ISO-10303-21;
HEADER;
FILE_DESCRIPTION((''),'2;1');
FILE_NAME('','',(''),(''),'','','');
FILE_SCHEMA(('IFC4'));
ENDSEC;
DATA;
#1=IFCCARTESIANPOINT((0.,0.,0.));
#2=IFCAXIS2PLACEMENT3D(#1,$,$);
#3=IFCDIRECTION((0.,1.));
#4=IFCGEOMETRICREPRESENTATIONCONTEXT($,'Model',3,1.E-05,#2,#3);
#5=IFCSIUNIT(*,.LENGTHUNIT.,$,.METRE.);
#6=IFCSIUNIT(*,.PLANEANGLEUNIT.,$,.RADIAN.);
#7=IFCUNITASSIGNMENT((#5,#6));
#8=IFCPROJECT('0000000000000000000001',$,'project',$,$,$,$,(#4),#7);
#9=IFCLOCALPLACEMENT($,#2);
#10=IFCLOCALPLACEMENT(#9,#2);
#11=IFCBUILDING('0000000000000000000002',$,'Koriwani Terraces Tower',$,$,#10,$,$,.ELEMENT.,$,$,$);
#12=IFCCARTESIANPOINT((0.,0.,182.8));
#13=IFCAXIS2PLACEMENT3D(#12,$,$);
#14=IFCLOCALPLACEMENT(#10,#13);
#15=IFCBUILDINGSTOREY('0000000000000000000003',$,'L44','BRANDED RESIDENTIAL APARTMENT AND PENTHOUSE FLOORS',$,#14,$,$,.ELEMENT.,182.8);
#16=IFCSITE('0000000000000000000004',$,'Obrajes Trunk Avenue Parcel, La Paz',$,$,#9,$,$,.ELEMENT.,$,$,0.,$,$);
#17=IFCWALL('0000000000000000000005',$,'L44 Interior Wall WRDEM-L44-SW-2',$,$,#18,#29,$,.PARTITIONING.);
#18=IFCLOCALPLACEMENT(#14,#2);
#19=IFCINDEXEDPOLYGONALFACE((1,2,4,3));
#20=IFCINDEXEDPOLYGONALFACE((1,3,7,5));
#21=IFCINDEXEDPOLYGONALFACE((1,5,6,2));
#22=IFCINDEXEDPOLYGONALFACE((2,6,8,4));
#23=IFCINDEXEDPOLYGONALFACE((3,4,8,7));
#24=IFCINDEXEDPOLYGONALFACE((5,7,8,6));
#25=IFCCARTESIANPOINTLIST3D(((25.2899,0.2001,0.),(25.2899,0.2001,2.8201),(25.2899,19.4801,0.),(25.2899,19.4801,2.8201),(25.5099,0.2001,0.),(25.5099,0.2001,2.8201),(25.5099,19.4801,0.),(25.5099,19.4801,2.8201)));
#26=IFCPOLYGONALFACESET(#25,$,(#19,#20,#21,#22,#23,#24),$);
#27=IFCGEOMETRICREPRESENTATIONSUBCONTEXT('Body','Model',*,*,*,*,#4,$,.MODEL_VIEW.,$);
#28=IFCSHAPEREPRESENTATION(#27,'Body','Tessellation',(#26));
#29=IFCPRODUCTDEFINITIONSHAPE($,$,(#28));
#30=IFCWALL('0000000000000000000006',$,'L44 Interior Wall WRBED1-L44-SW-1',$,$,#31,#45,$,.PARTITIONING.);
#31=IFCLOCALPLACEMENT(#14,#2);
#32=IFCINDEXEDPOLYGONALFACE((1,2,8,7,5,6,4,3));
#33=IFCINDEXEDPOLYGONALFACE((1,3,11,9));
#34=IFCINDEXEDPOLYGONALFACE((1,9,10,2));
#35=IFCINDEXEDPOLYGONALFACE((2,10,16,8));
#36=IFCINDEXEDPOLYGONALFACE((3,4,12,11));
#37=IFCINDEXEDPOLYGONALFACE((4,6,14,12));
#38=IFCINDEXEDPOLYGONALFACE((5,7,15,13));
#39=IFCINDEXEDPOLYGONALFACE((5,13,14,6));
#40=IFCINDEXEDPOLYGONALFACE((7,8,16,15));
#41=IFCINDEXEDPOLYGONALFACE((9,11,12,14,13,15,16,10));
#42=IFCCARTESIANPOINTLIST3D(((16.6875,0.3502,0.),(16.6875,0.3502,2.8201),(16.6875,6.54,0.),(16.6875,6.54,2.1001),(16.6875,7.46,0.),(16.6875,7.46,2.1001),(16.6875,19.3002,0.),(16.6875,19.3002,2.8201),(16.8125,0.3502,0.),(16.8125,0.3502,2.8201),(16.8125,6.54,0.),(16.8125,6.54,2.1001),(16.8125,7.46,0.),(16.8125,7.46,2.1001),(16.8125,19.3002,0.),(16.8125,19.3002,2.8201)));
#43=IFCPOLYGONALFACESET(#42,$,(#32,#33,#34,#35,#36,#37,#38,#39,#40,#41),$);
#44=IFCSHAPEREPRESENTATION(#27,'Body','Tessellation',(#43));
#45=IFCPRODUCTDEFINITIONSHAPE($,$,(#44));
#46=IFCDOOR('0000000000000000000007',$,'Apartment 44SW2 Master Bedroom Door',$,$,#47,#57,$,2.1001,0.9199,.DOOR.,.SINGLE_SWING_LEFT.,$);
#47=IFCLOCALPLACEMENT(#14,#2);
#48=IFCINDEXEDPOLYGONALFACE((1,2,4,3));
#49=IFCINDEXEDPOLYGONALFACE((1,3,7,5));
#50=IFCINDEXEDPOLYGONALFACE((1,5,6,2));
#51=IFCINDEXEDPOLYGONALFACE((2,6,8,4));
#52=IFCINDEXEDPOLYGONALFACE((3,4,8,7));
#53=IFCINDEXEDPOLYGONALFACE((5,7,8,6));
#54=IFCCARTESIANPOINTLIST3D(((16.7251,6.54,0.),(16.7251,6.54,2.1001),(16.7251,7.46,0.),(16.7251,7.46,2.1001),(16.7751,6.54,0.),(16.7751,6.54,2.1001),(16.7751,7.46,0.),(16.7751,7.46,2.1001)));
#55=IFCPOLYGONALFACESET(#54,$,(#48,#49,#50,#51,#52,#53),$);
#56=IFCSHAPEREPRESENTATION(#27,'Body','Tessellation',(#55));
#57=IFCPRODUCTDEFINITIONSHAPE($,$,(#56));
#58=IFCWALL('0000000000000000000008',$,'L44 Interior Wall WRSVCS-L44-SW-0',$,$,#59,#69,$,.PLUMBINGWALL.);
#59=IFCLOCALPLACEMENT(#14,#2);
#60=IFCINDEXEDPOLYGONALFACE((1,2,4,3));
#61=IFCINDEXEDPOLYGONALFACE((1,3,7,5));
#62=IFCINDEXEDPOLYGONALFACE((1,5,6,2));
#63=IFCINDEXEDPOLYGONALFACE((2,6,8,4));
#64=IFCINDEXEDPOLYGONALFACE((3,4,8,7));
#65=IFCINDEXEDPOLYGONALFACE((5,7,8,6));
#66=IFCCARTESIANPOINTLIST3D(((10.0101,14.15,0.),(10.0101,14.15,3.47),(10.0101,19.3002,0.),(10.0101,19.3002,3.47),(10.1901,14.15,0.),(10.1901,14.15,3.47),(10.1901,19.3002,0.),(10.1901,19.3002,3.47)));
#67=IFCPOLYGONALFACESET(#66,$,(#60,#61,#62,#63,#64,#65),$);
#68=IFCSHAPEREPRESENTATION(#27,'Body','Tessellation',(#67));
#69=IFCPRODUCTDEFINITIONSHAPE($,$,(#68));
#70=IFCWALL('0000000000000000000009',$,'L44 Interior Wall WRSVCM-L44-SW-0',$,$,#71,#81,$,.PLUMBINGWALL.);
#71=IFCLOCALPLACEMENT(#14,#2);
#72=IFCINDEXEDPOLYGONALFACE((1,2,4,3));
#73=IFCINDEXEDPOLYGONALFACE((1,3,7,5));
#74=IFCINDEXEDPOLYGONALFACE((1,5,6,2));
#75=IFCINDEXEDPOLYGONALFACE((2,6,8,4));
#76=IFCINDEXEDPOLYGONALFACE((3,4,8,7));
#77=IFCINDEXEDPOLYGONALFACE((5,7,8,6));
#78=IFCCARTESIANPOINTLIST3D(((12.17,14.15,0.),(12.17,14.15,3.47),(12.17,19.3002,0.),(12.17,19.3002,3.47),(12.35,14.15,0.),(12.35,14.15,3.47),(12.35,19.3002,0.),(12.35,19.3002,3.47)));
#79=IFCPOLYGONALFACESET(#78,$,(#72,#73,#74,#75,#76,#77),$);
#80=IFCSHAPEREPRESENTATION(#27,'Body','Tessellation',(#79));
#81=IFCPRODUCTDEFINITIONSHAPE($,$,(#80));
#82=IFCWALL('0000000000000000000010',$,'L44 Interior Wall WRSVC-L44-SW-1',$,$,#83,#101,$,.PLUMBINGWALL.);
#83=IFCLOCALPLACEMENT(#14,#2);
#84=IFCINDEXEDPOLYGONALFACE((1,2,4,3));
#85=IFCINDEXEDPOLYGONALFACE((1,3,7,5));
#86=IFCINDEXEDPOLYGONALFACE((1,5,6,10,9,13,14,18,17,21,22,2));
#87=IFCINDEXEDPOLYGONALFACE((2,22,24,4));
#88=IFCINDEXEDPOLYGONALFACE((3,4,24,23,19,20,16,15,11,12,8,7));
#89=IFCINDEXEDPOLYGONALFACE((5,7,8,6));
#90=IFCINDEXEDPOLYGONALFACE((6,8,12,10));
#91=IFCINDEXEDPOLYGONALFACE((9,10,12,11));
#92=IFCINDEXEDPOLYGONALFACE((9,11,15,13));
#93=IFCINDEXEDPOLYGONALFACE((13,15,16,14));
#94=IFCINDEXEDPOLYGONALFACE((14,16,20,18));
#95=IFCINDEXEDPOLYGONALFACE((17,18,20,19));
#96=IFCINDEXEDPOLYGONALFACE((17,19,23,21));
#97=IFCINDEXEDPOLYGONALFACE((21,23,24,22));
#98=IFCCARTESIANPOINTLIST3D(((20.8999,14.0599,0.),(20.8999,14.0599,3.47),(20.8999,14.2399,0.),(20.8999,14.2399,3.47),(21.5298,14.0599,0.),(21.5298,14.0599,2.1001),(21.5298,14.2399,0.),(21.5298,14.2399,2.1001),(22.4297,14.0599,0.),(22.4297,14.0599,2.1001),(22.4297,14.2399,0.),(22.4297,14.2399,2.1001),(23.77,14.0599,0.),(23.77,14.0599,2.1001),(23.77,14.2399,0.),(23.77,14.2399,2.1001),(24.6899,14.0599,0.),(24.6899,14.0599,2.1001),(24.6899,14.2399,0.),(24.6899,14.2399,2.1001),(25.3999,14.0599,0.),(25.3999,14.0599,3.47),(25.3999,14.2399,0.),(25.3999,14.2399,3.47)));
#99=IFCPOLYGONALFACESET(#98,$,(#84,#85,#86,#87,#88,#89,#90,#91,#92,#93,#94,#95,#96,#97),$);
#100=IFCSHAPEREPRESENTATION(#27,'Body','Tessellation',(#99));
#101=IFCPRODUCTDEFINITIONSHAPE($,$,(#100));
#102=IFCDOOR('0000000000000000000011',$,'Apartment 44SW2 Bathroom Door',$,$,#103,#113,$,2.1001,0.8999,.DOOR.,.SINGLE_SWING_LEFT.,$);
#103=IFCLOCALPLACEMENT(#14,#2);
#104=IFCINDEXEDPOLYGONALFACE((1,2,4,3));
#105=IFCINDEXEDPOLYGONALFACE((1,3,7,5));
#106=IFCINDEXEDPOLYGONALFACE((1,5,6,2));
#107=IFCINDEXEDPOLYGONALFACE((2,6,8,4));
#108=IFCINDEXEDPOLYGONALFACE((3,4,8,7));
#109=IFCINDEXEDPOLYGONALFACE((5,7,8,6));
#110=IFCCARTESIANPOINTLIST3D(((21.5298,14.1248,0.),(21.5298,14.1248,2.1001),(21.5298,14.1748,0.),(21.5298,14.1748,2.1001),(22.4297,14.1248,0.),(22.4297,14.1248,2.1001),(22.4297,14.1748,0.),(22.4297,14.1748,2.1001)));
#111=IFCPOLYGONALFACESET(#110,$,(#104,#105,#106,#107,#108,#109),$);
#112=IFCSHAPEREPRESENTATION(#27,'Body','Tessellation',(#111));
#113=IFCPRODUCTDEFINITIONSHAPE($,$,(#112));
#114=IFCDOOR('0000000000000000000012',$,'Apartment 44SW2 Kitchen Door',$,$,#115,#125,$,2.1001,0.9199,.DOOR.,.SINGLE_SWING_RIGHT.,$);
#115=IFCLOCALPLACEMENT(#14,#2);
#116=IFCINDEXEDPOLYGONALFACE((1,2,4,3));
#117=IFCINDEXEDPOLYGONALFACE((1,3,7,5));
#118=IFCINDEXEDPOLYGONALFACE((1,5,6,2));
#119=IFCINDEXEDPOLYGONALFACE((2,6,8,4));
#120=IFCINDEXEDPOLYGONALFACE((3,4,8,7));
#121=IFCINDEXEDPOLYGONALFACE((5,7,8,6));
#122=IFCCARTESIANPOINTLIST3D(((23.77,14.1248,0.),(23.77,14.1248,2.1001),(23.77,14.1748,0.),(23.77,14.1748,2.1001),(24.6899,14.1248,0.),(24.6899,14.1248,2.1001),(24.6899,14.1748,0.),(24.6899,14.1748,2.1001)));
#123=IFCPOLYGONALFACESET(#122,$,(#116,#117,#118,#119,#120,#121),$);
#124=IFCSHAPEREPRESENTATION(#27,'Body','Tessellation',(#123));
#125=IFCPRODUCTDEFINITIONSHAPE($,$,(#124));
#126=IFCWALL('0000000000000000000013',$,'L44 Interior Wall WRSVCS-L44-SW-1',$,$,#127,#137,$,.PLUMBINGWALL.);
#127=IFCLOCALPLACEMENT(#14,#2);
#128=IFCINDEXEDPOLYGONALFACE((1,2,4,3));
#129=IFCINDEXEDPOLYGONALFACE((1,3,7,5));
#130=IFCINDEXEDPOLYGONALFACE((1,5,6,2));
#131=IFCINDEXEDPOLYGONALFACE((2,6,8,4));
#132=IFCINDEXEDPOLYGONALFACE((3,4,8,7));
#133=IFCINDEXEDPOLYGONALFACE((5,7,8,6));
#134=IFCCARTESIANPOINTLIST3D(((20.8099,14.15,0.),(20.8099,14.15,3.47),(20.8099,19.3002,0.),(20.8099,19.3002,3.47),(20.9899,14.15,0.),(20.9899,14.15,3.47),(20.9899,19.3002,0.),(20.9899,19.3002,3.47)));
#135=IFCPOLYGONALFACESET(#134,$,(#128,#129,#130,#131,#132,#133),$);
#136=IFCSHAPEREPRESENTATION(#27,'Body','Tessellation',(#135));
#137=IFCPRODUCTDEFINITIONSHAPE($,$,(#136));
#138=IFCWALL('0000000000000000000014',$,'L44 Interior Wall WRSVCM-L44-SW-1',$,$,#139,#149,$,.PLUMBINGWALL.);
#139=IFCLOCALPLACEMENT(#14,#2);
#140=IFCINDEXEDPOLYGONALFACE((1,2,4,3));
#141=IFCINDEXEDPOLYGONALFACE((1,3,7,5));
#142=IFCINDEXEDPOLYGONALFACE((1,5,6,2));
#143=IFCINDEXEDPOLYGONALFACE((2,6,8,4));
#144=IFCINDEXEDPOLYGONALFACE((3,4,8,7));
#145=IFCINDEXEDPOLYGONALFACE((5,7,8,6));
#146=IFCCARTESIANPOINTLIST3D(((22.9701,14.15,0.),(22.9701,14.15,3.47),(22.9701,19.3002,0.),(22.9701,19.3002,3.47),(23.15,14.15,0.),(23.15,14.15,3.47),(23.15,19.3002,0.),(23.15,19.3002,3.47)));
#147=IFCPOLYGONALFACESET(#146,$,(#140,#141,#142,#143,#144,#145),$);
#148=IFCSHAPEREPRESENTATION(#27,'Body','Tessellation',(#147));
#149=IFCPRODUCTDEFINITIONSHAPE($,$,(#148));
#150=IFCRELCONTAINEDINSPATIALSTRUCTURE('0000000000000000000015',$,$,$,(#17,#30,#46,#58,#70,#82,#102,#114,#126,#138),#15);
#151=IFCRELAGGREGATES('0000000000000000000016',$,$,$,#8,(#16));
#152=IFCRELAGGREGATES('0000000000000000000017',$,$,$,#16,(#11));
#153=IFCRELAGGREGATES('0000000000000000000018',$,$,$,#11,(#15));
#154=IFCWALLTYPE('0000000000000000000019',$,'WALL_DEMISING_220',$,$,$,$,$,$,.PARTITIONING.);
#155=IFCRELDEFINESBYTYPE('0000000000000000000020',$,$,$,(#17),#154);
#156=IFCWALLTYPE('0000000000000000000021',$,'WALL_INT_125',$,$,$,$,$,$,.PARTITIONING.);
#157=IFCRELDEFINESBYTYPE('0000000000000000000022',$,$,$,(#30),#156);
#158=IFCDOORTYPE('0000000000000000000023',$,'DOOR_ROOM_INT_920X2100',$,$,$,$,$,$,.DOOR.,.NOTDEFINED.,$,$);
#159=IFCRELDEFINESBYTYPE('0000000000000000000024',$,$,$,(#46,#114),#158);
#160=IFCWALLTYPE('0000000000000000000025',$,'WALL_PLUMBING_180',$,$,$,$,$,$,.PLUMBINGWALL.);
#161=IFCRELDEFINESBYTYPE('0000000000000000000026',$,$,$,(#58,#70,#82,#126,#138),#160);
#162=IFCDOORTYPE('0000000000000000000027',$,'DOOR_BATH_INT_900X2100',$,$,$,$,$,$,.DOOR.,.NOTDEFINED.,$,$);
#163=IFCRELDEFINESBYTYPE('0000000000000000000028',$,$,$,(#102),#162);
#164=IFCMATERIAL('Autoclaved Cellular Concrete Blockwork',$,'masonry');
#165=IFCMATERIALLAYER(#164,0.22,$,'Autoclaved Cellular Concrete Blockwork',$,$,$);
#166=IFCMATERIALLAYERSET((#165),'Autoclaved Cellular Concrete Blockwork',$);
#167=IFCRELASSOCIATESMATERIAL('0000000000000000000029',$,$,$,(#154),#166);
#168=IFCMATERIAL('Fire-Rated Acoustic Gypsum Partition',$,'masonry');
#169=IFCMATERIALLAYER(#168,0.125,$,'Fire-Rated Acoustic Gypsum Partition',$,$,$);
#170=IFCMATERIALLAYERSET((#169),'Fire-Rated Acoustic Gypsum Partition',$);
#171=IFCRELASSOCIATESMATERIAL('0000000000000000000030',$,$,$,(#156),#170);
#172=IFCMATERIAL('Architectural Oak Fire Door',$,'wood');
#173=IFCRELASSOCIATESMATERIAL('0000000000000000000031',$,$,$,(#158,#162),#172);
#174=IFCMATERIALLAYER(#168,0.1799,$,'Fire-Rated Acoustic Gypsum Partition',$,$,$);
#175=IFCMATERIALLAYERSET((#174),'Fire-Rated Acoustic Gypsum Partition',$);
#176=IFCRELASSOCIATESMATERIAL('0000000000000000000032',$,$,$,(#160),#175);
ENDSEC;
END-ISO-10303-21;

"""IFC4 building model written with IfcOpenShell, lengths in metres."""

from ifc_helpers import new_model, si_unit, direction, frame, frame_2d, origin, place, context, subcontext, project, spatial, rectangle, extrude, material, layer, layer_set, type_object, element, fill, save


model = new_model("IFC4")

# Units and contexts
model_context = context("Model", 3, precision=1e-05, world=origin(), true_north=direction((0.0, 1.0)))
body_context = subcontext(model_context, "Body", "Model", "MODEL_VIEW")
ifc_project = project(units=[si_unit("LENGTHUNIT", "METRE"), si_unit("PLANEANGLEUNIT", "RADIAN")], contexts=[model_context])

# Site, building, storey
site_placement = place(None, origin())
site = spatial("IfcSite", under=ifc_project, at=site_placement, Name="Obrajes Trunk Avenue Parcel, La Paz", CompositionType="ELEMENT", RefElevation=0.0)
building_placement = place(site_placement, origin())
building = spatial("IfcBuilding", under=site, at=building_placement, Name="Koriwani Terraces Tower", CompositionType="ELEMENT")
storey_placement = place(building_placement, frame((0.0, 0.0, 182.8)))
storey = spatial("IfcBuildingStorey", under=building, at=storey_placement, Name="L44", Description="BRANDED RESIDENTIAL APARTMENT AND PENTHOUSE FLOORS", CompositionType="ELEMENT", Elevation=182.8)

# Wall
ifc_material_1 = material(Name="Autoclaved Cellular Concrete Blockwork", Category="masonry")
ifc_layer_1 = layer(ifc_material_1, 0.22, Name="Autoclaved Cellular Concrete Blockwork")
ifc_layer_set_1 = layer_set([ifc_layer_1], Name="Autoclaved Cellular Concrete Blockwork")
wall_type_1 = type_object("IfcWallType", Name="WALL_DEMISING_220", PredefinedType="PARTITIONING", material=ifc_layer_set_1)
wall_1_placement = place(storey_placement, frame((25.3999, 0.2, 0.0), z_axis=(0.0, 0.0, 1.0), x_axis=(0.0, 1.0, 0.0)))
element("IfcWall", 1, at=wall_1_placement, inside=storey, type_object=wall_type_1, Name="L44 Interior Wall WRDEM-L44-SW-2", PredefinedType="PARTITIONING", context=body_context, shape_type="SweptSolid", body=[
    extrude(rectangle(XDim=19.28, YDim=0.22, at=frame_2d((9.6401, 0.0))), origin(), (0.0, 0.0, 1.0), 2.8201),
])

# Wall, opening, door
ifc_material_2 = material(Name="Fire-Rated Acoustic Gypsum Partition", Category="masonry")
ifc_layer_2 = layer(ifc_material_2, 0.125, Name="Fire-Rated Acoustic Gypsum Partition")
ifc_layer_set_2 = layer_set([ifc_layer_2], Name="Fire-Rated Acoustic Gypsum Partition")
wall_type_2 = type_object("IfcWallType", Name="WALL_INT_125", PredefinedType="PARTITIONING", material=ifc_layer_set_2)
wall_2_placement = place(storey_placement, frame((16.75, 0.3501, 0.0), z_axis=(0.0, 0.0, 1.0), x_axis=(0.0, 1.0, 0.0)))
wall_2 = element("IfcWall", 2, at=wall_2_placement, inside=storey, type_object=wall_type_2, Name="L44 Interior Wall WRBED1-L44-SW-1", PredefinedType="PARTITIONING", context=body_context, shape_type="SweptSolid", body=[
    extrude(rectangle(XDim=18.95, YDim=0.125, at=frame_2d((9.4751, 0.0))), origin(), (0.0, 0.0, 1.0), 2.8201),
])
opening_1_placement = place(wall_2_placement, frame((6.1899, 0.0, 0.0)))
opening_1 = element("IfcOpeningElement", 3, at=opening_1_placement, cuts=wall_2, PredefinedType="OPENING", context=body_context, shape_type="SweptSolid", body=[
    extrude(rectangle(XDim=0.9199, YDim=2.1001, at=frame_2d((0.46, 1.05))), frame((0.0, 0.0725, 0.0), z_axis=(0.0, -1.0, 0.0), x_axis=(1.0, 0.0, 0.0)), (0.0, 0.0, 1.0), 0.145),
])
ifc_material_3 = material(Name="Architectural Oak Fire Door", Category="wood")
door_type_1 = type_object("IfcDoorType", Name="DOOR_ROOM_INT_920X2100", OperationType="NOTDEFINED", PredefinedType="DOOR", material=ifc_material_3)
door_1_placement = place(opening_1_placement, origin())
door_1 = element("IfcDoor", 4, at=door_1_placement, inside=storey, type_object=door_type_1, Name="Apartment 44SW2 Master Bedroom Door", OperationType="SINGLE_SWING_LEFT", OverallHeight=2.1001, OverallWidth=0.9199, PredefinedType="DOOR", context=body_context, shape_type="SweptSolid", body=[
    extrude(rectangle(XDim=0.9199, YDim=2.1001, at=frame_2d((0.46, 1.05))), frame((0.0, 0.0249, 0.0), z_axis=(0.0, -1.0, 0.0), x_axis=(1.0, 0.0, 0.0)), (0.0, 0.0, 1.0), 0.05),
])
fill(opening_1, door_1)

# Walls
ifc_layer_3 = layer(ifc_material_2, 0.1799, Name="Fire-Rated Acoustic Gypsum Partition")
ifc_layer_set_3 = layer_set([ifc_layer_3], Name="Fire-Rated Acoustic Gypsum Partition")
wall_type_3 = type_object("IfcWallType", Name="WALL_PLUMBING_180", PredefinedType="PLUMBINGWALL", material=ifc_layer_set_3)
for number, where, z_axis, x_axis, name in (
    (5, (10.1001, 14.1499, 0.0), (0.0, 0.0, 1.0), (0.0, 1.0, 0.0), "L44 Interior Wall WRSVCS-L44-SW-0"),
    (6, (12.26, 14.1499, 0.0), (0.0, 0.0, 1.0), (0.0, 1.0, 0.0), "L44 Interior Wall WRSVCM-L44-SW-0"),
):
    element("IfcWall", number, at=place(storey_placement, frame(where, z_axis=z_axis, x_axis=x_axis)), inside=storey, type_object=wall_type_3, Name=name, PredefinedType="PLUMBINGWALL", context=body_context, shape_type="SweptSolid", body=[
        extrude(rectangle(XDim=5.1501, YDim=0.1799, at=frame_2d((2.5752, 0.0))), origin(), (0.0, 0.0, 1.0), 3.47),
    ])

# Wall, openings, doors
wall_3_placement = place(storey_placement, frame((20.8999, 14.1499, 0.0), z_axis=(0.0, 0.0, 1.0), x_axis=(1.0, 0.0, 0.0)))
wall_3 = element("IfcWall", 7, at=wall_3_placement, inside=storey, type_object=wall_type_3, Name="L44 Interior Wall WRSVC-L44-SW-1", PredefinedType="PLUMBINGWALL", context=body_context, shape_type="SweptSolid", body=[
    extrude(rectangle(XDim=4.5, YDim=0.1799, at=frame_2d((2.25, 0.0))), origin(), (0.0, 0.0, 1.0), 3.47),
])
opening_2_placement = place(wall_3_placement, frame((0.6299, 0.0, 0.0)))
opening_2 = element("IfcOpeningElement", 8, at=opening_2_placement, cuts=wall_3, PredefinedType="OPENING", context=body_context, shape_type="SweptSolid", body=[
    extrude(rectangle(XDim=0.8999, YDim=2.1001, at=frame_2d((0.45, 1.05))), frame((0.0, 0.1001, 0.0), z_axis=(0.0, -1.0, 0.0), x_axis=(1.0, 0.0, 0.0)), (0.0, 0.0, 1.0), 0.2),
])
opening_3_placement = place(wall_3_placement, frame((2.8701, 0.0, 0.0)))
opening_3 = element("IfcOpeningElement", 9, at=opening_3_placement, cuts=wall_3, PredefinedType="OPENING", context=body_context, shape_type="SweptSolid", body=[
    extrude(rectangle(XDim=0.9199, YDim=2.1001, at=frame_2d((0.46, 1.05))), frame((0.0, 0.1001, 0.0), z_axis=(0.0, -1.0, 0.0), x_axis=(1.0, 0.0, 0.0)), (0.0, 0.0, 1.0), 0.2),
])
door_type_2 = type_object("IfcDoorType", Name="DOOR_BATH_INT_900X2100", OperationType="NOTDEFINED", PredefinedType="DOOR", material=ifc_material_3)
door_2_placement = place(opening_2_placement, origin())
door_2 = element("IfcDoor", 10, at=door_2_placement, inside=storey, type_object=door_type_2, Name="Apartment 44SW2 Bathroom Door", OperationType="SINGLE_SWING_LEFT", OverallHeight=2.1001, OverallWidth=0.8999, PredefinedType="DOOR", context=body_context, shape_type="SweptSolid", body=[
    extrude(rectangle(XDim=0.8999, YDim=2.1001, at=frame_2d((0.45, 1.05))), frame((0.0, 0.0249, 0.0), z_axis=(0.0, -1.0, 0.0), x_axis=(1.0, 0.0, 0.0)), (0.0, 0.0, 1.0), 0.05),
])
fill(opening_2, door_2)
door_3_placement = place(opening_3_placement, origin())
door_3 = element("IfcDoor", 11, at=door_3_placement, inside=storey, type_object=door_type_1, Name="Apartment 44SW2 Kitchen Door", OperationType="SINGLE_SWING_RIGHT", OverallHeight=2.1001, OverallWidth=0.9199, PredefinedType="DOOR", context=body_context, shape_type="SweptSolid", body=[
    extrude(rectangle(XDim=0.9199, YDim=2.1001, at=frame_2d((0.46, 1.05))), frame((0.0, 0.0249, 0.0), z_axis=(0.0, -1.0, 0.0), x_axis=(1.0, 0.0, 0.0)), (0.0, 0.0, 1.0), 0.05),
])
fill(opening_3, door_3)

# Walls
for number, where, z_axis, x_axis, name in (
    (12, (20.8999, 14.1499, 0.0), (0.0, 0.0, 1.0), (0.0, 1.0, 0.0), "L44 Interior Wall WRSVCS-L44-SW-1"),
    (13, (23.0601, 14.1499, 0.0), (0.0, 0.0, 1.0), (0.0, 1.0, 0.0), "L44 Interior Wall WRSVCM-L44-SW-1"),
):
    element("IfcWall", number, at=place(storey_placement, frame(where, z_axis=z_axis, x_axis=x_axis)), inside=storey, type_object=wall_type_3, Name=name, PredefinedType="PLUMBINGWALL", context=body_context, shape_type="SweptSolid", body=[
        extrude(rectangle(XDim=5.1501, YDim=0.1799, at=frame_2d((2.5752, 0.0))), origin(), (0.0, 0.0, 1.0), 3.47),
    ])

save(model, "model.ifc")
